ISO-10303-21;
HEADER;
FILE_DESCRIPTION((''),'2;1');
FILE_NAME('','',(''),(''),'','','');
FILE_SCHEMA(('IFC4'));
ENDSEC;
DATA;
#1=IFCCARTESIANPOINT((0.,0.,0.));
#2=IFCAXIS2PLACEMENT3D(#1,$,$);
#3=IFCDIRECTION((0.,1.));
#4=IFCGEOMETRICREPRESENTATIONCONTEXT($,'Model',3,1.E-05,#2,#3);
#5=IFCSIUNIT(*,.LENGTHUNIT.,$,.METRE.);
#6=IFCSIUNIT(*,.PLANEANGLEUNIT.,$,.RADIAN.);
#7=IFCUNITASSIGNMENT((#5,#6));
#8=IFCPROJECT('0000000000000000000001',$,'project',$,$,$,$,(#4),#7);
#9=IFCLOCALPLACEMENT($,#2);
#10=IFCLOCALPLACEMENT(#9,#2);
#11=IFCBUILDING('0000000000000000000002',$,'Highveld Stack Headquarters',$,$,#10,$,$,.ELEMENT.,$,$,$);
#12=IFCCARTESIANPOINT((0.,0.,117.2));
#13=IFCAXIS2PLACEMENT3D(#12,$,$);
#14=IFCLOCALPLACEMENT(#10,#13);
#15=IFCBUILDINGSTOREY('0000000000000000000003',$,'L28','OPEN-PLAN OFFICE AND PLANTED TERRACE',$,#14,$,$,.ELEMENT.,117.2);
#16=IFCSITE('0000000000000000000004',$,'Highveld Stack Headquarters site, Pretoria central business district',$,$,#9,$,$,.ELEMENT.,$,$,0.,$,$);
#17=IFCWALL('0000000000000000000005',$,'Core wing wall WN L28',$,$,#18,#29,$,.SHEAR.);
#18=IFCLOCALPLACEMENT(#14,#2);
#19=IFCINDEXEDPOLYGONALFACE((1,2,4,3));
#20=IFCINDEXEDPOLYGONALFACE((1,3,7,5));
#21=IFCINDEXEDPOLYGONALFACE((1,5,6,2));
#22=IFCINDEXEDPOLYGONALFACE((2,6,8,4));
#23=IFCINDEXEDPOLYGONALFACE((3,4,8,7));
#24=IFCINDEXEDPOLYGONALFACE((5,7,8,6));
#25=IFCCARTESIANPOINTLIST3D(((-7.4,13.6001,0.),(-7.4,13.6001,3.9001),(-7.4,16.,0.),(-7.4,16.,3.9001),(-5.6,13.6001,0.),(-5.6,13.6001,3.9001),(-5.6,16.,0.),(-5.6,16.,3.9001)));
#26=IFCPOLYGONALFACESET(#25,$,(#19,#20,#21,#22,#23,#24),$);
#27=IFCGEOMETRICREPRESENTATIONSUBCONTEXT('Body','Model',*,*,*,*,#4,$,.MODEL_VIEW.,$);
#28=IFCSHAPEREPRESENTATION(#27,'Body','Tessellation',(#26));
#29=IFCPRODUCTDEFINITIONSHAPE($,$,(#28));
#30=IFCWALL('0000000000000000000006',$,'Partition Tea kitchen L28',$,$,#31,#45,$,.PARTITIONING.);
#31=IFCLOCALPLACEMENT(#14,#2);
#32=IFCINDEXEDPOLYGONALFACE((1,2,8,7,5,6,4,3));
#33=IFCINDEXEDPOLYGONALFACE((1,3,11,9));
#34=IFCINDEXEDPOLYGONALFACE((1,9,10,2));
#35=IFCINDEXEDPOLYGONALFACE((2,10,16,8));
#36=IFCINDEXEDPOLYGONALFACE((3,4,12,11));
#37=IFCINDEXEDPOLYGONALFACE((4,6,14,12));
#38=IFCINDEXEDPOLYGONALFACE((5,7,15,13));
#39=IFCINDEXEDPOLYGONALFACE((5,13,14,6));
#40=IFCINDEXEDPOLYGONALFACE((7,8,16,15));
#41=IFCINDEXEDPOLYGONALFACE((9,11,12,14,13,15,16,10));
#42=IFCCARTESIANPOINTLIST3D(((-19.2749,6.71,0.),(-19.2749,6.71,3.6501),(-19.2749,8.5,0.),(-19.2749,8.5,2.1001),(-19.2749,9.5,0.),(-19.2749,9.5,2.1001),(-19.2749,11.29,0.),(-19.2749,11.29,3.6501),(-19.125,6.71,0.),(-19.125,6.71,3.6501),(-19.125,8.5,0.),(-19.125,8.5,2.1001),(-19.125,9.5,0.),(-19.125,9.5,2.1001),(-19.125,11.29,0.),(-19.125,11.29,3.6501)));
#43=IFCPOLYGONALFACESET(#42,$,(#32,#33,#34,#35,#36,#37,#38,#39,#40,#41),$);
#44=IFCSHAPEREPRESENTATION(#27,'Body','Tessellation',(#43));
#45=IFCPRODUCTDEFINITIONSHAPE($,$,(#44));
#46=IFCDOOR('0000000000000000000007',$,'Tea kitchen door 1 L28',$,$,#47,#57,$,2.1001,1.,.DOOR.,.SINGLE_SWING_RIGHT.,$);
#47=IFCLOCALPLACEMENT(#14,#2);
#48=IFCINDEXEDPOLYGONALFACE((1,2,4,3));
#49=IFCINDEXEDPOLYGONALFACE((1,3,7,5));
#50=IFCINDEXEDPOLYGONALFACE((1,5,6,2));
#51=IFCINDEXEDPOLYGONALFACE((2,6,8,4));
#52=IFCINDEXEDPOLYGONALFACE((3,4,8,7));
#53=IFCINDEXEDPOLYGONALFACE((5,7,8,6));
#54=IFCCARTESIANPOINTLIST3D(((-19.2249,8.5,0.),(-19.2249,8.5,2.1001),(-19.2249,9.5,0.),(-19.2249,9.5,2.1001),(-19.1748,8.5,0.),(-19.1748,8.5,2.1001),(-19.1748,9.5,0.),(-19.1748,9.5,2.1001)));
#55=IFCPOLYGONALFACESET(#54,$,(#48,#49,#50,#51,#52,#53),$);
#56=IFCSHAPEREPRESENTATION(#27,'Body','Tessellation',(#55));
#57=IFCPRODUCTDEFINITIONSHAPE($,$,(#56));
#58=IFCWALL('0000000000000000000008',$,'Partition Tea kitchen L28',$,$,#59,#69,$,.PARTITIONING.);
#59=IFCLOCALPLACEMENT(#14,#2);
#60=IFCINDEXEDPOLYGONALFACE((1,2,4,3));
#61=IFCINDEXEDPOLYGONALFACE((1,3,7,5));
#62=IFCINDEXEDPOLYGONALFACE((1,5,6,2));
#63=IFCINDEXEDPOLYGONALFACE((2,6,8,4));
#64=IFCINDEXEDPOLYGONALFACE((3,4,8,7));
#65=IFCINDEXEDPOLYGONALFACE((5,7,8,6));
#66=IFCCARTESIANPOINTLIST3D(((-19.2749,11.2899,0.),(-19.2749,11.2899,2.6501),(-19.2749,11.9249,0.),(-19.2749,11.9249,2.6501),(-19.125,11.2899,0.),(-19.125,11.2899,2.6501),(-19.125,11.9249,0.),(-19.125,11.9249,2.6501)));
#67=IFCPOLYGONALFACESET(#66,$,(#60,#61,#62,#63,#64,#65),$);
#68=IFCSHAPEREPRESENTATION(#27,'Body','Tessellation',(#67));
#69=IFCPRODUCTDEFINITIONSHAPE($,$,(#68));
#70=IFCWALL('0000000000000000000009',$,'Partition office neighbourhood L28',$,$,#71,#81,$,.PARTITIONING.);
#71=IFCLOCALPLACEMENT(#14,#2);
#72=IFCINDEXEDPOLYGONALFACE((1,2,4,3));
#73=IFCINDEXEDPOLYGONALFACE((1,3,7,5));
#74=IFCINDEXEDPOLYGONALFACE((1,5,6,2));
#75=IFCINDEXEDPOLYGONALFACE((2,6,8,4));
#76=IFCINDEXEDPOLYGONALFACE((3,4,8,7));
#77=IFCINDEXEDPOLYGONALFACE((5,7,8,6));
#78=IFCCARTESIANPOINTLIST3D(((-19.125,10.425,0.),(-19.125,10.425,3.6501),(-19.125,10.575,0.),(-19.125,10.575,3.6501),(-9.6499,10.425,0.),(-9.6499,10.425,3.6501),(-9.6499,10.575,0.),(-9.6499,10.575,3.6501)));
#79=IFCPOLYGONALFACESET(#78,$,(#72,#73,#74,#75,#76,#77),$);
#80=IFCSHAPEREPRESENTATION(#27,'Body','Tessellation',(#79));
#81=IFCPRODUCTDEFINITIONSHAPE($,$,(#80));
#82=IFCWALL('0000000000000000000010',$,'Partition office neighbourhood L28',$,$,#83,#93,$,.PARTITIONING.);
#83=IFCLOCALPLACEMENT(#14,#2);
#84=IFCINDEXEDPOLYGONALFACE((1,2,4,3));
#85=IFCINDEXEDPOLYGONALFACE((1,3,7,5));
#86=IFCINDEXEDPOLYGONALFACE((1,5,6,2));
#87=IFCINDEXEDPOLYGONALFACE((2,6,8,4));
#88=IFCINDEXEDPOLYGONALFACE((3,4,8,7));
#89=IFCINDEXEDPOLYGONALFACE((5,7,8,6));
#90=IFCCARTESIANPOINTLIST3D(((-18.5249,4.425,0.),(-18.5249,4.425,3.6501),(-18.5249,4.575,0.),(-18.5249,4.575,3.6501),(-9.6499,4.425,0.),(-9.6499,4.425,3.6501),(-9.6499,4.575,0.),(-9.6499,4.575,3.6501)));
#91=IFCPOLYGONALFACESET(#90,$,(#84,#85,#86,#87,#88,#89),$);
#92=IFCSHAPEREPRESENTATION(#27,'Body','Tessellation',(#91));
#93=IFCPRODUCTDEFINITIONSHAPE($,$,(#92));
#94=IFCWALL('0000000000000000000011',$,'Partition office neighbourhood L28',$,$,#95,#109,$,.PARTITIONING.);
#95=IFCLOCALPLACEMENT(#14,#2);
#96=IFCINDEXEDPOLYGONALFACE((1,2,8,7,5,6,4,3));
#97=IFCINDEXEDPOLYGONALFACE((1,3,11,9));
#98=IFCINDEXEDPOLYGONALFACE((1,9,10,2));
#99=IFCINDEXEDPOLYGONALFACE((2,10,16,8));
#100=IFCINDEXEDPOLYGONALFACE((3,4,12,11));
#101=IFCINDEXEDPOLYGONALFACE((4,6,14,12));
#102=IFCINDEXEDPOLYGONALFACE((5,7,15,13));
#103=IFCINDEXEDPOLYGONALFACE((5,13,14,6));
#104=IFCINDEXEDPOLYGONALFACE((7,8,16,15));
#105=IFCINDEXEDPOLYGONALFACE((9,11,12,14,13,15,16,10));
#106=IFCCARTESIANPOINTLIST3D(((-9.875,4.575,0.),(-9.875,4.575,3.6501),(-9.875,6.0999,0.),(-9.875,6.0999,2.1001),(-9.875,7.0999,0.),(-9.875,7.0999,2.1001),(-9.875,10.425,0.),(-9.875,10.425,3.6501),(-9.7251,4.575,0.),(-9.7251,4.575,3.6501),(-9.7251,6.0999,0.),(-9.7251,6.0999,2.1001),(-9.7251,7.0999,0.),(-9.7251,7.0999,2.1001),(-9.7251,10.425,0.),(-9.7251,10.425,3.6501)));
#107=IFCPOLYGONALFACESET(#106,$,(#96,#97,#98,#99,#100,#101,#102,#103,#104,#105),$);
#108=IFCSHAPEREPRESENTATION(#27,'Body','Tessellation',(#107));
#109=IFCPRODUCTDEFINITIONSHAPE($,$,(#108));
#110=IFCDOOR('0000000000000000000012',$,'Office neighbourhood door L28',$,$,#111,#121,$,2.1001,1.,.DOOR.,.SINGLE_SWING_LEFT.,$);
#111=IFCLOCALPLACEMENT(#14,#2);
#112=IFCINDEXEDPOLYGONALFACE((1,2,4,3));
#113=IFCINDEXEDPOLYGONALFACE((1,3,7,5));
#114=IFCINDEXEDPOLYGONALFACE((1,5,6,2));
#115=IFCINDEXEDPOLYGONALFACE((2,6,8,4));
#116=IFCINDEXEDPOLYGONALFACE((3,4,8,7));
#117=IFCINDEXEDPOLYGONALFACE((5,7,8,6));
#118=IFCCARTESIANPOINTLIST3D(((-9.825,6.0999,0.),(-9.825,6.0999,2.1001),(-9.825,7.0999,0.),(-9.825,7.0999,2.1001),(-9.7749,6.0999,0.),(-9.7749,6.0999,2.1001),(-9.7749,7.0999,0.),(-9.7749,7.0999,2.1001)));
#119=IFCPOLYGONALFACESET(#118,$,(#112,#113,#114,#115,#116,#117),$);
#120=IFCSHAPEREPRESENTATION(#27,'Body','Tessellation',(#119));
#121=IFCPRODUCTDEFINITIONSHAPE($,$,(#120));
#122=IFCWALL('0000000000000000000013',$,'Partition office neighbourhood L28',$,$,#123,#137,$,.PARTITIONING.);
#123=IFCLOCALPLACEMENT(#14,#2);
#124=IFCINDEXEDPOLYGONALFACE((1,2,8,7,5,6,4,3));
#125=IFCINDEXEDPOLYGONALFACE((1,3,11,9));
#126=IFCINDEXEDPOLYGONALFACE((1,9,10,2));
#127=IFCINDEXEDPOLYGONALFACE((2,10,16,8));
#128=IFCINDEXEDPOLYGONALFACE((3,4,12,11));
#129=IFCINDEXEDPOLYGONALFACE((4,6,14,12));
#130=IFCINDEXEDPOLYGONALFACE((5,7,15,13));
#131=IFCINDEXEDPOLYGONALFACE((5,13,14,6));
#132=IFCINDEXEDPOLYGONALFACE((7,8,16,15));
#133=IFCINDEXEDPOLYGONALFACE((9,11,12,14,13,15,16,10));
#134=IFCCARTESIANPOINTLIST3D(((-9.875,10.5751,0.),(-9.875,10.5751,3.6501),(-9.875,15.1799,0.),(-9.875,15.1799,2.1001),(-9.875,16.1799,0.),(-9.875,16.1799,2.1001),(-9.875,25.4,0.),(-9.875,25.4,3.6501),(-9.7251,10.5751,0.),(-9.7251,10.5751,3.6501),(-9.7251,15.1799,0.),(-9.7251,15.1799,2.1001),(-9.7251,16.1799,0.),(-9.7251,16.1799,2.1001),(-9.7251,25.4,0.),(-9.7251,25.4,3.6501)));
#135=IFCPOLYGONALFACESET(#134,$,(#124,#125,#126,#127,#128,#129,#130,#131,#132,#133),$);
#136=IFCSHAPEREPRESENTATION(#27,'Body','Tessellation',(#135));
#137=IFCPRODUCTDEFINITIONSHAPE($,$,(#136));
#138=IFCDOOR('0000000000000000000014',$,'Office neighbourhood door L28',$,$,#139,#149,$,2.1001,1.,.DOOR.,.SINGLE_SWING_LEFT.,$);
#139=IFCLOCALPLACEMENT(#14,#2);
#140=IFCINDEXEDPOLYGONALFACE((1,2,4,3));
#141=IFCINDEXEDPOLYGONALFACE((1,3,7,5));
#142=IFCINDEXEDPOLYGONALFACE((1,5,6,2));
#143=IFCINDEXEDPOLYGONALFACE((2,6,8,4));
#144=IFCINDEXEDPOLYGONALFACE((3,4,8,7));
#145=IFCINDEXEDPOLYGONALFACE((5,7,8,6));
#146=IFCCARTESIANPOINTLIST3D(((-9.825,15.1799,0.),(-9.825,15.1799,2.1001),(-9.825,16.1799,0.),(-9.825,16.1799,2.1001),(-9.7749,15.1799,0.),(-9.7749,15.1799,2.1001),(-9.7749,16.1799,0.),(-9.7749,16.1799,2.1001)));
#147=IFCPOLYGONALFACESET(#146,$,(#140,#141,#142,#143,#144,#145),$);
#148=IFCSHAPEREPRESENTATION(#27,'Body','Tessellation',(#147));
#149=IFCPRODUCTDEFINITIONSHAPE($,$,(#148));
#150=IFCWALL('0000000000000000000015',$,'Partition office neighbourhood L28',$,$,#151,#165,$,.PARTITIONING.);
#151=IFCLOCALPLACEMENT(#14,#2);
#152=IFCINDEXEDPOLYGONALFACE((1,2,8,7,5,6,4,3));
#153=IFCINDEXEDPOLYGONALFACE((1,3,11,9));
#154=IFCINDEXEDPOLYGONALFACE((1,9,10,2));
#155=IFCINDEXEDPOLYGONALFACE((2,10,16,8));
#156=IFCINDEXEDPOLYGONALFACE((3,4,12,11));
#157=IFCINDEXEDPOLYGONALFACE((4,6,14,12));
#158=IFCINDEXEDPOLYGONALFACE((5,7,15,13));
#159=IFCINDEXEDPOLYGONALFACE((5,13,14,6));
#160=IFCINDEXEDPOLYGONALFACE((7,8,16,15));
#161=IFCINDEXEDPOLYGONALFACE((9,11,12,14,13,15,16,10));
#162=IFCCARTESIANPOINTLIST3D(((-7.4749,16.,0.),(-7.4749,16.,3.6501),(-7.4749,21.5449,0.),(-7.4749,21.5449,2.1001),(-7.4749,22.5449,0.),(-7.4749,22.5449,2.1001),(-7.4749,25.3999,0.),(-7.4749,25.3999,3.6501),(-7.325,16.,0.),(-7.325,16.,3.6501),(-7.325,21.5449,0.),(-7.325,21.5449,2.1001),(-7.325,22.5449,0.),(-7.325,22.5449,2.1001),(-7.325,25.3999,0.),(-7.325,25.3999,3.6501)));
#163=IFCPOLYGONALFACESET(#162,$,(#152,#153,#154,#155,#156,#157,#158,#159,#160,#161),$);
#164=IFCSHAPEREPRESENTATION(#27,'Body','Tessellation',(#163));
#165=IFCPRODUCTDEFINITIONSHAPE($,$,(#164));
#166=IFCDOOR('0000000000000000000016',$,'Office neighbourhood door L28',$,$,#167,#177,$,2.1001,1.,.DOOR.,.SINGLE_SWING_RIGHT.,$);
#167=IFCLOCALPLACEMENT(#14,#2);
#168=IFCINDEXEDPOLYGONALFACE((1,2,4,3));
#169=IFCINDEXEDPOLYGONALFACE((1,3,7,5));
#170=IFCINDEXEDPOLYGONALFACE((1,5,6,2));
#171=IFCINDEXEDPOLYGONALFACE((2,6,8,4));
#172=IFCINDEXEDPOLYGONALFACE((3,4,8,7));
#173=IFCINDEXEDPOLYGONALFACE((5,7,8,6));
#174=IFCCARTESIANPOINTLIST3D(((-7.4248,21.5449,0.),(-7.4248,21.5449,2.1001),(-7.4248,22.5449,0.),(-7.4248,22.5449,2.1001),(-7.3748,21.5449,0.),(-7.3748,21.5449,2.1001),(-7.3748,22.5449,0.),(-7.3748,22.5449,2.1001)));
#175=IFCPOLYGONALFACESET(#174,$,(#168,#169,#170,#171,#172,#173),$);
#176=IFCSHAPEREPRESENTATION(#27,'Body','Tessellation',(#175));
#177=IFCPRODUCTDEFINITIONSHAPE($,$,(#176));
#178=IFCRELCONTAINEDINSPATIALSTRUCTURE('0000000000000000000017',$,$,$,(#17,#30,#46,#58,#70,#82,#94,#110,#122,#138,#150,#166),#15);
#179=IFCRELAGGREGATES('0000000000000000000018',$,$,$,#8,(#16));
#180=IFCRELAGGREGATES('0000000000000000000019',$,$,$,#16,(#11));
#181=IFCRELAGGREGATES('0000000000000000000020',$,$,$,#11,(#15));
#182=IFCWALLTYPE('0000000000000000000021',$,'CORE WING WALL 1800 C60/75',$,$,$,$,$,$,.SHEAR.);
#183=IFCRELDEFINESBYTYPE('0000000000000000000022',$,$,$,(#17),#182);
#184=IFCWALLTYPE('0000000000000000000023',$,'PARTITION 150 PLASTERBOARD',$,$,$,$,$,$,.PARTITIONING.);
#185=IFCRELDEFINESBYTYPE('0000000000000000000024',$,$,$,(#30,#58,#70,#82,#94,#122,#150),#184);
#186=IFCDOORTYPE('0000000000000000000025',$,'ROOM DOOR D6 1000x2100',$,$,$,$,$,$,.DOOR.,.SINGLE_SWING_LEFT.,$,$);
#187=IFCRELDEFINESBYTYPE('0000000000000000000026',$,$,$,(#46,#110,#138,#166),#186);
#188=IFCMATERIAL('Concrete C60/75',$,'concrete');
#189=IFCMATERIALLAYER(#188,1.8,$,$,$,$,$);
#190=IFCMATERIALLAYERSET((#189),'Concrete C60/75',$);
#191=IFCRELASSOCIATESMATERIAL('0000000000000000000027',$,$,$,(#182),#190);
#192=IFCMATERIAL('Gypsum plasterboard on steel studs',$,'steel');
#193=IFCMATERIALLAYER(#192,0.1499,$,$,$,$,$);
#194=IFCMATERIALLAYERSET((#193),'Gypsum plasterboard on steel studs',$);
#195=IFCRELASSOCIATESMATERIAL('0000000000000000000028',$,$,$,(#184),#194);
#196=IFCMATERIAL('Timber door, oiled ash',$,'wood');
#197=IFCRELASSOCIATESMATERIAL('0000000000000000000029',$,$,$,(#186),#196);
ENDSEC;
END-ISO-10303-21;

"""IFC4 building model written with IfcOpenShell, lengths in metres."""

from ifc_helpers import new_model, si_unit, direction, frame, frame_2d, origin, place, context, subcontext, project, spatial, rectangle, extrude, material, layer, layer_set, type_object, element, fill, save


model = new_model("IFC4")

# Units and contexts
model_context = context("Model", 3, precision=1e-05, world=origin(), true_north=direction((0.0, 1.0)))
body_context = subcontext(model_context, "Body", "Model", "MODEL_VIEW")
ifc_project = project(units=[si_unit("LENGTHUNIT", "METRE"), si_unit("PLANEANGLEUNIT", "RADIAN")], contexts=[model_context])

# Site, building, storey
site_placement = place(None, origin())
site = spatial("IfcSite", under=ifc_project, at=site_placement, Name="Highveld Stack Headquarters site, Pretoria central business district", CompositionType="ELEMENT", RefElevation=0.0)
building_placement = place(site_placement, origin())
building = spatial("IfcBuilding", under=site, at=building_placement, Name="Highveld Stack Headquarters", CompositionType="ELEMENT")
storey_placement = place(building_placement, frame((0.0, 0.0, 117.2)))
storey = spatial("IfcBuildingStorey", under=building, at=storey_placement, Name="L28", Description="OPEN-PLAN OFFICE AND PLANTED TERRACE", CompositionType="ELEMENT", Elevation=117.2)

# Wall
ifc_material_1 = material(Name="Concrete C60/75", Category="concrete")
ifc_layer_1 = layer(ifc_material_1, 1.8)
ifc_layer_set_1 = layer_set([ifc_layer_1], Name="Concrete C60/75")
wall_type_1 = type_object("IfcWallType", Name="CORE WING WALL 1800 C60/75", PredefinedType="SHEAR", material=ifc_layer_set_1)
wall_1_placement = place(storey_placement, frame((-6.5, 13.6001, 0.0), z_axis=(0.0, 0.0, 1.0), x_axis=(0.0, 1.0, 0.0)))
element("IfcWall", 1, at=wall_1_placement, inside=storey, type_object=wall_type_1, Name="Core wing wall WN L28", PredefinedType="SHEAR", context=body_context, shape_type="SweptSolid", body=[
    extrude(rectangle(XDim=2.3999, YDim=1.8, at=frame_2d((1.2, 0.0))), origin(), (0.0, 0.0, 1.0), 3.9001),
])

# Wall, opening, door
ifc_material_2 = material(Name="Gypsum plasterboard on steel studs", Category="steel")
ifc_layer_2 = layer(ifc_material_2, 0.1499)
ifc_layer_set_2 = layer_set([ifc_layer_2], Name="Gypsum plasterboard on steel studs")
wall_type_2 = type_object("IfcWallType", Name="PARTITION 150 PLASTERBOARD", PredefinedType="PARTITIONING", material=ifc_layer_set_2)
wall_2_placement = place(storey_placement, frame((-19.2, 6.71, 0.0), z_axis=(0.0, 0.0, 1.0), x_axis=(0.0, 1.0, 0.0)))
wall_2 = element("IfcWall", 2, at=wall_2_placement, inside=storey, type_object=wall_type_2, Name="Partition Tea kitchen L28", PredefinedType="PARTITIONING", context=body_context, shape_type="SweptSolid", body=[
    extrude(rectangle(XDim=4.5801, YDim=0.1499, at=frame_2d((2.29, 0.0))), origin(), (0.0, 0.0, 1.0), 3.6501),
])
opening_1_placement = place(wall_2_placement, frame((1.79, 0.0, 0.0)))
opening_1 = element("IfcOpeningElement", 3, at=opening_1_placement, cuts=wall_2, PredefinedType="OPENING", context=body_context, shape_type="SweptSolid", body=[
    extrude(rectangle(XDim=1.0, YDim=2.1001, at=frame_2d((0.5, 1.05))), frame((0.0, 0.085, 0.0), z_axis=(0.0, -1.0, 0.0), x_axis=(1.0, 0.0, 0.0)), (0.0, 0.0, 1.0), 0.1699),
])
ifc_material_3 = material(Name="Timber door, oiled ash", Category="wood")
door_type_1 = type_object("IfcDoorType", Name="ROOM DOOR D6 1000x2100", OperationType="SINGLE_SWING_LEFT", PredefinedType="DOOR", material=ifc_material_3)
door_1_placement = place(opening_1_placement, origin())
door_1 = element("IfcDoor", 4, at=door_1_placement, inside=storey, type_object=door_type_1, Name="Tea kitchen door 1 L28", OperationType="SINGLE_SWING_RIGHT", OverallHeight=2.1001, OverallWidth=1.0, PredefinedType="DOOR", context=body_context, shape_type="SweptSolid", body=[
    extrude(rectangle(XDim=1.0, YDim=2.1001, at=frame_2d((0.5, 1.05))), frame((0.0, 0.0249, 0.0), z_axis=(0.0, -1.0, 0.0), x_axis=(1.0, 0.0, 0.0)), (0.0, 0.0, 1.0), 0.05),
])
fill(opening_1, door_1)

# Walls
wall_3_placement = place(storey_placement, frame((-19.2, 11.29, 0.0), z_axis=(0.0, 0.0, 1.0), x_axis=(0.0, 1.0, 0.0)))
element("IfcWall", 5, at=wall_3_placement, inside=storey, type_object=wall_type_2, Name="Partition Tea kitchen L28", PredefinedType="PARTITIONING", context=body_context, shape_type="SweptSolid", body=[
    extrude(rectangle(XDim=0.635, YDim=0.1499, at=frame_2d((0.3174, 0.0))), origin(), (0.0, 0.0, 1.0), 2.6501),
])
wall_4_placement = place(storey_placement, frame((-19.125, 10.5, 0.0), z_axis=(0.0, 0.0, 1.0), x_axis=(1.0, 0.0, 0.0)))
element("IfcWall", 6, at=wall_4_placement, inside=storey, type_object=wall_type_2, Name="Partition office neighbourhood L28", PredefinedType="PARTITIONING", context=body_context, shape_type="SweptSolid", body=[
    extrude(rectangle(XDim=9.4751, YDim=0.1499, at=frame_2d((4.7375, 0.0))), origin(), (0.0, 0.0, 1.0), 3.6501),
])
wall_5_placement = place(storey_placement, frame((-18.5249, 4.5, 0.0), z_axis=(0.0, 0.0, 1.0), x_axis=(1.0, 0.0, 0.0)))
element("IfcWall", 7, at=wall_5_placement, inside=storey, type_object=wall_type_2, Name="Partition office neighbourhood L28", PredefinedType="PARTITIONING", context=body_context, shape_type="SweptSolid", body=[
    extrude(rectangle(XDim=8.875, YDim=0.1499, at=frame_2d((4.4375, 0.0))), origin(), (0.0, 0.0, 1.0), 3.6501),
])

# Walls, openings, doors
wall_6_placement = place(storey_placement, frame((-9.8, 4.575, 0.0), z_axis=(0.0, 0.0, 1.0), x_axis=(0.0, 1.0, 0.0)))
wall_6 = element("IfcWall", 8, at=wall_6_placement, inside=storey, type_object=wall_type_2, Name="Partition office neighbourhood L28", PredefinedType="PARTITIONING", context=body_context, shape_type="SweptSolid", body=[
    extrude(rectangle(XDim=5.8501, YDim=0.1499, at=frame_2d((2.925, 0.0))), origin(), (0.0, 0.0, 1.0), 3.6501),
])
opening_2_placement = place(wall_6_placement, frame((1.5249, 0.0, 0.0)))
opening_2 = element("IfcOpeningElement", 9, at=opening_2_placement, cuts=wall_6, PredefinedType="OPENING", context=body_context, shape_type="SweptSolid", body=[
    extrude(rectangle(XDim=1.0, YDim=2.1001, at=frame_2d((0.5, 1.05))), frame((0.0, 0.085, 0.0), z_axis=(0.0, -1.0, 0.0), x_axis=(1.0, 0.0, 0.0)), (0.0, 0.0, 1.0), 0.1699),
])
door_2_placement = place(opening_2_placement, origin())
door_2 = element("IfcDoor", 10, at=door_2_placement, inside=storey, type_object=door_type_1, Name="Office neighbourhood door L28", OperationType="SINGLE_SWING_LEFT", OverallHeight=2.1001, OverallWidth=1.0, PredefinedType="DOOR", context=body_context, shape_type="SweptSolid", body=[
    extrude(rectangle(XDim=1.0, YDim=2.1001, at=frame_2d((0.5, 1.05))), frame((0.0, 0.0249, 0.0), z_axis=(0.0, -1.0, 0.0), x_axis=(1.0, 0.0, 0.0)), (0.0, 0.0, 1.0), 0.05),
])
fill(opening_2, door_2)
wall_7_placement = place(storey_placement, frame((-9.8, 10.575, 0.0), z_axis=(0.0, 0.0, 1.0), x_axis=(0.0, 1.0, 0.0)))
wall_7 = element("IfcWall", 11, at=wall_7_placement, inside=storey, type_object=wall_type_2, Name="Partition office neighbourhood L28", PredefinedType="PARTITIONING", context=body_context, shape_type="SweptSolid", body=[
    extrude(rectangle(XDim=14.825, YDim=0.1499, at=frame_2d((7.4126, 0.0))), origin(), (0.0, 0.0, 1.0), 3.6501),
])
opening_3_placement = place(wall_7_placement, frame((4.605, 0.0, 0.0)))
opening_3 = element("IfcOpeningElement", 12, at=opening_3_placement, cuts=wall_7, PredefinedType="OPENING", context=body_context, shape_type="SweptSolid", body=[
    extrude(rectangle(XDim=1.0, YDim=2.1001, at=frame_2d((0.5, 1.05))), frame((0.0, 0.085, 0.0), z_axis=(0.0, -1.0, 0.0), x_axis=(1.0, 0.0, 0.0)), (0.0, 0.0, 1.0), 0.1699),
])
door_3_placement = place(opening_3_placement, origin())
door_3 = element("IfcDoor", 13, at=door_3_placement, inside=storey, type_object=door_type_1, Name="Office neighbourhood door L28", OperationType="SINGLE_SWING_LEFT", OverallHeight=2.1001, OverallWidth=1.0, PredefinedType="DOOR", context=body_context, shape_type="SweptSolid", body=[
    extrude(rectangle(XDim=1.0, YDim=2.1001, at=frame_2d((0.5, 1.05))), frame((0.0, 0.0249, 0.0), z_axis=(0.0, -1.0, 0.0), x_axis=(1.0, 0.0, 0.0)), (0.0, 0.0, 1.0), 0.05),
])
fill(opening_3, door_3)
wall_8_placement = place(storey_placement, frame((-7.3999, 16.0, 0.0), z_axis=(0.0, 0.0, 1.0), x_axis=(0.0, 1.0, 0.0)))
wall_8 = element("IfcWall", 14, at=wall_8_placement, inside=storey, type_object=wall_type_2, Name="Partition office neighbourhood L28", PredefinedType="PARTITIONING", context=body_context, shape_type="SweptSolid", body=[
    extrude(rectangle(XDim=9.3999, YDim=0.1499, at=frame_2d((4.7, 0.0))), origin(), (0.0, 0.0, 1.0), 3.6501),
])
opening_4_placement = place(wall_8_placement, frame((5.5449, 0.0, 0.0)))
opening_4 = element("IfcOpeningElement", 15, at=opening_4_placement, cuts=wall_8, PredefinedType="OPENING", context=body_context, shape_type="SweptSolid", body=[
    extrude(rectangle(XDim=1.0, YDim=2.1001, at=frame_2d((0.5, 1.05))), frame((0.0, 0.085, 0.0), z_axis=(0.0, -1.0, 0.0), x_axis=(1.0, 0.0, 0.0)), (0.0, 0.0, 1.0), 0.1699),
])
door_4_placement = place(opening_4_placement, origin())
door_4 = element("IfcDoor", 16, at=door_4_placement, inside=storey, type_object=door_type_1, Name="Office neighbourhood door L28", OperationType="SINGLE_SWING_RIGHT", OverallHeight=2.1001, OverallWidth=1.0, PredefinedType="DOOR", context=body_context, shape_type="SweptSolid", body=[
    extrude(rectangle(XDim=1.0, YDim=2.1001, at=frame_2d((0.5, 1.05))), frame((0.0, 0.0249, 0.0), z_axis=(0.0, -1.0, 0.0), x_axis=(1.0, 0.0, 0.0)), (0.0, 0.0, 1.0), 0.05),
])
fill(opening_4, door_4)

save(model, "model.ifc")
